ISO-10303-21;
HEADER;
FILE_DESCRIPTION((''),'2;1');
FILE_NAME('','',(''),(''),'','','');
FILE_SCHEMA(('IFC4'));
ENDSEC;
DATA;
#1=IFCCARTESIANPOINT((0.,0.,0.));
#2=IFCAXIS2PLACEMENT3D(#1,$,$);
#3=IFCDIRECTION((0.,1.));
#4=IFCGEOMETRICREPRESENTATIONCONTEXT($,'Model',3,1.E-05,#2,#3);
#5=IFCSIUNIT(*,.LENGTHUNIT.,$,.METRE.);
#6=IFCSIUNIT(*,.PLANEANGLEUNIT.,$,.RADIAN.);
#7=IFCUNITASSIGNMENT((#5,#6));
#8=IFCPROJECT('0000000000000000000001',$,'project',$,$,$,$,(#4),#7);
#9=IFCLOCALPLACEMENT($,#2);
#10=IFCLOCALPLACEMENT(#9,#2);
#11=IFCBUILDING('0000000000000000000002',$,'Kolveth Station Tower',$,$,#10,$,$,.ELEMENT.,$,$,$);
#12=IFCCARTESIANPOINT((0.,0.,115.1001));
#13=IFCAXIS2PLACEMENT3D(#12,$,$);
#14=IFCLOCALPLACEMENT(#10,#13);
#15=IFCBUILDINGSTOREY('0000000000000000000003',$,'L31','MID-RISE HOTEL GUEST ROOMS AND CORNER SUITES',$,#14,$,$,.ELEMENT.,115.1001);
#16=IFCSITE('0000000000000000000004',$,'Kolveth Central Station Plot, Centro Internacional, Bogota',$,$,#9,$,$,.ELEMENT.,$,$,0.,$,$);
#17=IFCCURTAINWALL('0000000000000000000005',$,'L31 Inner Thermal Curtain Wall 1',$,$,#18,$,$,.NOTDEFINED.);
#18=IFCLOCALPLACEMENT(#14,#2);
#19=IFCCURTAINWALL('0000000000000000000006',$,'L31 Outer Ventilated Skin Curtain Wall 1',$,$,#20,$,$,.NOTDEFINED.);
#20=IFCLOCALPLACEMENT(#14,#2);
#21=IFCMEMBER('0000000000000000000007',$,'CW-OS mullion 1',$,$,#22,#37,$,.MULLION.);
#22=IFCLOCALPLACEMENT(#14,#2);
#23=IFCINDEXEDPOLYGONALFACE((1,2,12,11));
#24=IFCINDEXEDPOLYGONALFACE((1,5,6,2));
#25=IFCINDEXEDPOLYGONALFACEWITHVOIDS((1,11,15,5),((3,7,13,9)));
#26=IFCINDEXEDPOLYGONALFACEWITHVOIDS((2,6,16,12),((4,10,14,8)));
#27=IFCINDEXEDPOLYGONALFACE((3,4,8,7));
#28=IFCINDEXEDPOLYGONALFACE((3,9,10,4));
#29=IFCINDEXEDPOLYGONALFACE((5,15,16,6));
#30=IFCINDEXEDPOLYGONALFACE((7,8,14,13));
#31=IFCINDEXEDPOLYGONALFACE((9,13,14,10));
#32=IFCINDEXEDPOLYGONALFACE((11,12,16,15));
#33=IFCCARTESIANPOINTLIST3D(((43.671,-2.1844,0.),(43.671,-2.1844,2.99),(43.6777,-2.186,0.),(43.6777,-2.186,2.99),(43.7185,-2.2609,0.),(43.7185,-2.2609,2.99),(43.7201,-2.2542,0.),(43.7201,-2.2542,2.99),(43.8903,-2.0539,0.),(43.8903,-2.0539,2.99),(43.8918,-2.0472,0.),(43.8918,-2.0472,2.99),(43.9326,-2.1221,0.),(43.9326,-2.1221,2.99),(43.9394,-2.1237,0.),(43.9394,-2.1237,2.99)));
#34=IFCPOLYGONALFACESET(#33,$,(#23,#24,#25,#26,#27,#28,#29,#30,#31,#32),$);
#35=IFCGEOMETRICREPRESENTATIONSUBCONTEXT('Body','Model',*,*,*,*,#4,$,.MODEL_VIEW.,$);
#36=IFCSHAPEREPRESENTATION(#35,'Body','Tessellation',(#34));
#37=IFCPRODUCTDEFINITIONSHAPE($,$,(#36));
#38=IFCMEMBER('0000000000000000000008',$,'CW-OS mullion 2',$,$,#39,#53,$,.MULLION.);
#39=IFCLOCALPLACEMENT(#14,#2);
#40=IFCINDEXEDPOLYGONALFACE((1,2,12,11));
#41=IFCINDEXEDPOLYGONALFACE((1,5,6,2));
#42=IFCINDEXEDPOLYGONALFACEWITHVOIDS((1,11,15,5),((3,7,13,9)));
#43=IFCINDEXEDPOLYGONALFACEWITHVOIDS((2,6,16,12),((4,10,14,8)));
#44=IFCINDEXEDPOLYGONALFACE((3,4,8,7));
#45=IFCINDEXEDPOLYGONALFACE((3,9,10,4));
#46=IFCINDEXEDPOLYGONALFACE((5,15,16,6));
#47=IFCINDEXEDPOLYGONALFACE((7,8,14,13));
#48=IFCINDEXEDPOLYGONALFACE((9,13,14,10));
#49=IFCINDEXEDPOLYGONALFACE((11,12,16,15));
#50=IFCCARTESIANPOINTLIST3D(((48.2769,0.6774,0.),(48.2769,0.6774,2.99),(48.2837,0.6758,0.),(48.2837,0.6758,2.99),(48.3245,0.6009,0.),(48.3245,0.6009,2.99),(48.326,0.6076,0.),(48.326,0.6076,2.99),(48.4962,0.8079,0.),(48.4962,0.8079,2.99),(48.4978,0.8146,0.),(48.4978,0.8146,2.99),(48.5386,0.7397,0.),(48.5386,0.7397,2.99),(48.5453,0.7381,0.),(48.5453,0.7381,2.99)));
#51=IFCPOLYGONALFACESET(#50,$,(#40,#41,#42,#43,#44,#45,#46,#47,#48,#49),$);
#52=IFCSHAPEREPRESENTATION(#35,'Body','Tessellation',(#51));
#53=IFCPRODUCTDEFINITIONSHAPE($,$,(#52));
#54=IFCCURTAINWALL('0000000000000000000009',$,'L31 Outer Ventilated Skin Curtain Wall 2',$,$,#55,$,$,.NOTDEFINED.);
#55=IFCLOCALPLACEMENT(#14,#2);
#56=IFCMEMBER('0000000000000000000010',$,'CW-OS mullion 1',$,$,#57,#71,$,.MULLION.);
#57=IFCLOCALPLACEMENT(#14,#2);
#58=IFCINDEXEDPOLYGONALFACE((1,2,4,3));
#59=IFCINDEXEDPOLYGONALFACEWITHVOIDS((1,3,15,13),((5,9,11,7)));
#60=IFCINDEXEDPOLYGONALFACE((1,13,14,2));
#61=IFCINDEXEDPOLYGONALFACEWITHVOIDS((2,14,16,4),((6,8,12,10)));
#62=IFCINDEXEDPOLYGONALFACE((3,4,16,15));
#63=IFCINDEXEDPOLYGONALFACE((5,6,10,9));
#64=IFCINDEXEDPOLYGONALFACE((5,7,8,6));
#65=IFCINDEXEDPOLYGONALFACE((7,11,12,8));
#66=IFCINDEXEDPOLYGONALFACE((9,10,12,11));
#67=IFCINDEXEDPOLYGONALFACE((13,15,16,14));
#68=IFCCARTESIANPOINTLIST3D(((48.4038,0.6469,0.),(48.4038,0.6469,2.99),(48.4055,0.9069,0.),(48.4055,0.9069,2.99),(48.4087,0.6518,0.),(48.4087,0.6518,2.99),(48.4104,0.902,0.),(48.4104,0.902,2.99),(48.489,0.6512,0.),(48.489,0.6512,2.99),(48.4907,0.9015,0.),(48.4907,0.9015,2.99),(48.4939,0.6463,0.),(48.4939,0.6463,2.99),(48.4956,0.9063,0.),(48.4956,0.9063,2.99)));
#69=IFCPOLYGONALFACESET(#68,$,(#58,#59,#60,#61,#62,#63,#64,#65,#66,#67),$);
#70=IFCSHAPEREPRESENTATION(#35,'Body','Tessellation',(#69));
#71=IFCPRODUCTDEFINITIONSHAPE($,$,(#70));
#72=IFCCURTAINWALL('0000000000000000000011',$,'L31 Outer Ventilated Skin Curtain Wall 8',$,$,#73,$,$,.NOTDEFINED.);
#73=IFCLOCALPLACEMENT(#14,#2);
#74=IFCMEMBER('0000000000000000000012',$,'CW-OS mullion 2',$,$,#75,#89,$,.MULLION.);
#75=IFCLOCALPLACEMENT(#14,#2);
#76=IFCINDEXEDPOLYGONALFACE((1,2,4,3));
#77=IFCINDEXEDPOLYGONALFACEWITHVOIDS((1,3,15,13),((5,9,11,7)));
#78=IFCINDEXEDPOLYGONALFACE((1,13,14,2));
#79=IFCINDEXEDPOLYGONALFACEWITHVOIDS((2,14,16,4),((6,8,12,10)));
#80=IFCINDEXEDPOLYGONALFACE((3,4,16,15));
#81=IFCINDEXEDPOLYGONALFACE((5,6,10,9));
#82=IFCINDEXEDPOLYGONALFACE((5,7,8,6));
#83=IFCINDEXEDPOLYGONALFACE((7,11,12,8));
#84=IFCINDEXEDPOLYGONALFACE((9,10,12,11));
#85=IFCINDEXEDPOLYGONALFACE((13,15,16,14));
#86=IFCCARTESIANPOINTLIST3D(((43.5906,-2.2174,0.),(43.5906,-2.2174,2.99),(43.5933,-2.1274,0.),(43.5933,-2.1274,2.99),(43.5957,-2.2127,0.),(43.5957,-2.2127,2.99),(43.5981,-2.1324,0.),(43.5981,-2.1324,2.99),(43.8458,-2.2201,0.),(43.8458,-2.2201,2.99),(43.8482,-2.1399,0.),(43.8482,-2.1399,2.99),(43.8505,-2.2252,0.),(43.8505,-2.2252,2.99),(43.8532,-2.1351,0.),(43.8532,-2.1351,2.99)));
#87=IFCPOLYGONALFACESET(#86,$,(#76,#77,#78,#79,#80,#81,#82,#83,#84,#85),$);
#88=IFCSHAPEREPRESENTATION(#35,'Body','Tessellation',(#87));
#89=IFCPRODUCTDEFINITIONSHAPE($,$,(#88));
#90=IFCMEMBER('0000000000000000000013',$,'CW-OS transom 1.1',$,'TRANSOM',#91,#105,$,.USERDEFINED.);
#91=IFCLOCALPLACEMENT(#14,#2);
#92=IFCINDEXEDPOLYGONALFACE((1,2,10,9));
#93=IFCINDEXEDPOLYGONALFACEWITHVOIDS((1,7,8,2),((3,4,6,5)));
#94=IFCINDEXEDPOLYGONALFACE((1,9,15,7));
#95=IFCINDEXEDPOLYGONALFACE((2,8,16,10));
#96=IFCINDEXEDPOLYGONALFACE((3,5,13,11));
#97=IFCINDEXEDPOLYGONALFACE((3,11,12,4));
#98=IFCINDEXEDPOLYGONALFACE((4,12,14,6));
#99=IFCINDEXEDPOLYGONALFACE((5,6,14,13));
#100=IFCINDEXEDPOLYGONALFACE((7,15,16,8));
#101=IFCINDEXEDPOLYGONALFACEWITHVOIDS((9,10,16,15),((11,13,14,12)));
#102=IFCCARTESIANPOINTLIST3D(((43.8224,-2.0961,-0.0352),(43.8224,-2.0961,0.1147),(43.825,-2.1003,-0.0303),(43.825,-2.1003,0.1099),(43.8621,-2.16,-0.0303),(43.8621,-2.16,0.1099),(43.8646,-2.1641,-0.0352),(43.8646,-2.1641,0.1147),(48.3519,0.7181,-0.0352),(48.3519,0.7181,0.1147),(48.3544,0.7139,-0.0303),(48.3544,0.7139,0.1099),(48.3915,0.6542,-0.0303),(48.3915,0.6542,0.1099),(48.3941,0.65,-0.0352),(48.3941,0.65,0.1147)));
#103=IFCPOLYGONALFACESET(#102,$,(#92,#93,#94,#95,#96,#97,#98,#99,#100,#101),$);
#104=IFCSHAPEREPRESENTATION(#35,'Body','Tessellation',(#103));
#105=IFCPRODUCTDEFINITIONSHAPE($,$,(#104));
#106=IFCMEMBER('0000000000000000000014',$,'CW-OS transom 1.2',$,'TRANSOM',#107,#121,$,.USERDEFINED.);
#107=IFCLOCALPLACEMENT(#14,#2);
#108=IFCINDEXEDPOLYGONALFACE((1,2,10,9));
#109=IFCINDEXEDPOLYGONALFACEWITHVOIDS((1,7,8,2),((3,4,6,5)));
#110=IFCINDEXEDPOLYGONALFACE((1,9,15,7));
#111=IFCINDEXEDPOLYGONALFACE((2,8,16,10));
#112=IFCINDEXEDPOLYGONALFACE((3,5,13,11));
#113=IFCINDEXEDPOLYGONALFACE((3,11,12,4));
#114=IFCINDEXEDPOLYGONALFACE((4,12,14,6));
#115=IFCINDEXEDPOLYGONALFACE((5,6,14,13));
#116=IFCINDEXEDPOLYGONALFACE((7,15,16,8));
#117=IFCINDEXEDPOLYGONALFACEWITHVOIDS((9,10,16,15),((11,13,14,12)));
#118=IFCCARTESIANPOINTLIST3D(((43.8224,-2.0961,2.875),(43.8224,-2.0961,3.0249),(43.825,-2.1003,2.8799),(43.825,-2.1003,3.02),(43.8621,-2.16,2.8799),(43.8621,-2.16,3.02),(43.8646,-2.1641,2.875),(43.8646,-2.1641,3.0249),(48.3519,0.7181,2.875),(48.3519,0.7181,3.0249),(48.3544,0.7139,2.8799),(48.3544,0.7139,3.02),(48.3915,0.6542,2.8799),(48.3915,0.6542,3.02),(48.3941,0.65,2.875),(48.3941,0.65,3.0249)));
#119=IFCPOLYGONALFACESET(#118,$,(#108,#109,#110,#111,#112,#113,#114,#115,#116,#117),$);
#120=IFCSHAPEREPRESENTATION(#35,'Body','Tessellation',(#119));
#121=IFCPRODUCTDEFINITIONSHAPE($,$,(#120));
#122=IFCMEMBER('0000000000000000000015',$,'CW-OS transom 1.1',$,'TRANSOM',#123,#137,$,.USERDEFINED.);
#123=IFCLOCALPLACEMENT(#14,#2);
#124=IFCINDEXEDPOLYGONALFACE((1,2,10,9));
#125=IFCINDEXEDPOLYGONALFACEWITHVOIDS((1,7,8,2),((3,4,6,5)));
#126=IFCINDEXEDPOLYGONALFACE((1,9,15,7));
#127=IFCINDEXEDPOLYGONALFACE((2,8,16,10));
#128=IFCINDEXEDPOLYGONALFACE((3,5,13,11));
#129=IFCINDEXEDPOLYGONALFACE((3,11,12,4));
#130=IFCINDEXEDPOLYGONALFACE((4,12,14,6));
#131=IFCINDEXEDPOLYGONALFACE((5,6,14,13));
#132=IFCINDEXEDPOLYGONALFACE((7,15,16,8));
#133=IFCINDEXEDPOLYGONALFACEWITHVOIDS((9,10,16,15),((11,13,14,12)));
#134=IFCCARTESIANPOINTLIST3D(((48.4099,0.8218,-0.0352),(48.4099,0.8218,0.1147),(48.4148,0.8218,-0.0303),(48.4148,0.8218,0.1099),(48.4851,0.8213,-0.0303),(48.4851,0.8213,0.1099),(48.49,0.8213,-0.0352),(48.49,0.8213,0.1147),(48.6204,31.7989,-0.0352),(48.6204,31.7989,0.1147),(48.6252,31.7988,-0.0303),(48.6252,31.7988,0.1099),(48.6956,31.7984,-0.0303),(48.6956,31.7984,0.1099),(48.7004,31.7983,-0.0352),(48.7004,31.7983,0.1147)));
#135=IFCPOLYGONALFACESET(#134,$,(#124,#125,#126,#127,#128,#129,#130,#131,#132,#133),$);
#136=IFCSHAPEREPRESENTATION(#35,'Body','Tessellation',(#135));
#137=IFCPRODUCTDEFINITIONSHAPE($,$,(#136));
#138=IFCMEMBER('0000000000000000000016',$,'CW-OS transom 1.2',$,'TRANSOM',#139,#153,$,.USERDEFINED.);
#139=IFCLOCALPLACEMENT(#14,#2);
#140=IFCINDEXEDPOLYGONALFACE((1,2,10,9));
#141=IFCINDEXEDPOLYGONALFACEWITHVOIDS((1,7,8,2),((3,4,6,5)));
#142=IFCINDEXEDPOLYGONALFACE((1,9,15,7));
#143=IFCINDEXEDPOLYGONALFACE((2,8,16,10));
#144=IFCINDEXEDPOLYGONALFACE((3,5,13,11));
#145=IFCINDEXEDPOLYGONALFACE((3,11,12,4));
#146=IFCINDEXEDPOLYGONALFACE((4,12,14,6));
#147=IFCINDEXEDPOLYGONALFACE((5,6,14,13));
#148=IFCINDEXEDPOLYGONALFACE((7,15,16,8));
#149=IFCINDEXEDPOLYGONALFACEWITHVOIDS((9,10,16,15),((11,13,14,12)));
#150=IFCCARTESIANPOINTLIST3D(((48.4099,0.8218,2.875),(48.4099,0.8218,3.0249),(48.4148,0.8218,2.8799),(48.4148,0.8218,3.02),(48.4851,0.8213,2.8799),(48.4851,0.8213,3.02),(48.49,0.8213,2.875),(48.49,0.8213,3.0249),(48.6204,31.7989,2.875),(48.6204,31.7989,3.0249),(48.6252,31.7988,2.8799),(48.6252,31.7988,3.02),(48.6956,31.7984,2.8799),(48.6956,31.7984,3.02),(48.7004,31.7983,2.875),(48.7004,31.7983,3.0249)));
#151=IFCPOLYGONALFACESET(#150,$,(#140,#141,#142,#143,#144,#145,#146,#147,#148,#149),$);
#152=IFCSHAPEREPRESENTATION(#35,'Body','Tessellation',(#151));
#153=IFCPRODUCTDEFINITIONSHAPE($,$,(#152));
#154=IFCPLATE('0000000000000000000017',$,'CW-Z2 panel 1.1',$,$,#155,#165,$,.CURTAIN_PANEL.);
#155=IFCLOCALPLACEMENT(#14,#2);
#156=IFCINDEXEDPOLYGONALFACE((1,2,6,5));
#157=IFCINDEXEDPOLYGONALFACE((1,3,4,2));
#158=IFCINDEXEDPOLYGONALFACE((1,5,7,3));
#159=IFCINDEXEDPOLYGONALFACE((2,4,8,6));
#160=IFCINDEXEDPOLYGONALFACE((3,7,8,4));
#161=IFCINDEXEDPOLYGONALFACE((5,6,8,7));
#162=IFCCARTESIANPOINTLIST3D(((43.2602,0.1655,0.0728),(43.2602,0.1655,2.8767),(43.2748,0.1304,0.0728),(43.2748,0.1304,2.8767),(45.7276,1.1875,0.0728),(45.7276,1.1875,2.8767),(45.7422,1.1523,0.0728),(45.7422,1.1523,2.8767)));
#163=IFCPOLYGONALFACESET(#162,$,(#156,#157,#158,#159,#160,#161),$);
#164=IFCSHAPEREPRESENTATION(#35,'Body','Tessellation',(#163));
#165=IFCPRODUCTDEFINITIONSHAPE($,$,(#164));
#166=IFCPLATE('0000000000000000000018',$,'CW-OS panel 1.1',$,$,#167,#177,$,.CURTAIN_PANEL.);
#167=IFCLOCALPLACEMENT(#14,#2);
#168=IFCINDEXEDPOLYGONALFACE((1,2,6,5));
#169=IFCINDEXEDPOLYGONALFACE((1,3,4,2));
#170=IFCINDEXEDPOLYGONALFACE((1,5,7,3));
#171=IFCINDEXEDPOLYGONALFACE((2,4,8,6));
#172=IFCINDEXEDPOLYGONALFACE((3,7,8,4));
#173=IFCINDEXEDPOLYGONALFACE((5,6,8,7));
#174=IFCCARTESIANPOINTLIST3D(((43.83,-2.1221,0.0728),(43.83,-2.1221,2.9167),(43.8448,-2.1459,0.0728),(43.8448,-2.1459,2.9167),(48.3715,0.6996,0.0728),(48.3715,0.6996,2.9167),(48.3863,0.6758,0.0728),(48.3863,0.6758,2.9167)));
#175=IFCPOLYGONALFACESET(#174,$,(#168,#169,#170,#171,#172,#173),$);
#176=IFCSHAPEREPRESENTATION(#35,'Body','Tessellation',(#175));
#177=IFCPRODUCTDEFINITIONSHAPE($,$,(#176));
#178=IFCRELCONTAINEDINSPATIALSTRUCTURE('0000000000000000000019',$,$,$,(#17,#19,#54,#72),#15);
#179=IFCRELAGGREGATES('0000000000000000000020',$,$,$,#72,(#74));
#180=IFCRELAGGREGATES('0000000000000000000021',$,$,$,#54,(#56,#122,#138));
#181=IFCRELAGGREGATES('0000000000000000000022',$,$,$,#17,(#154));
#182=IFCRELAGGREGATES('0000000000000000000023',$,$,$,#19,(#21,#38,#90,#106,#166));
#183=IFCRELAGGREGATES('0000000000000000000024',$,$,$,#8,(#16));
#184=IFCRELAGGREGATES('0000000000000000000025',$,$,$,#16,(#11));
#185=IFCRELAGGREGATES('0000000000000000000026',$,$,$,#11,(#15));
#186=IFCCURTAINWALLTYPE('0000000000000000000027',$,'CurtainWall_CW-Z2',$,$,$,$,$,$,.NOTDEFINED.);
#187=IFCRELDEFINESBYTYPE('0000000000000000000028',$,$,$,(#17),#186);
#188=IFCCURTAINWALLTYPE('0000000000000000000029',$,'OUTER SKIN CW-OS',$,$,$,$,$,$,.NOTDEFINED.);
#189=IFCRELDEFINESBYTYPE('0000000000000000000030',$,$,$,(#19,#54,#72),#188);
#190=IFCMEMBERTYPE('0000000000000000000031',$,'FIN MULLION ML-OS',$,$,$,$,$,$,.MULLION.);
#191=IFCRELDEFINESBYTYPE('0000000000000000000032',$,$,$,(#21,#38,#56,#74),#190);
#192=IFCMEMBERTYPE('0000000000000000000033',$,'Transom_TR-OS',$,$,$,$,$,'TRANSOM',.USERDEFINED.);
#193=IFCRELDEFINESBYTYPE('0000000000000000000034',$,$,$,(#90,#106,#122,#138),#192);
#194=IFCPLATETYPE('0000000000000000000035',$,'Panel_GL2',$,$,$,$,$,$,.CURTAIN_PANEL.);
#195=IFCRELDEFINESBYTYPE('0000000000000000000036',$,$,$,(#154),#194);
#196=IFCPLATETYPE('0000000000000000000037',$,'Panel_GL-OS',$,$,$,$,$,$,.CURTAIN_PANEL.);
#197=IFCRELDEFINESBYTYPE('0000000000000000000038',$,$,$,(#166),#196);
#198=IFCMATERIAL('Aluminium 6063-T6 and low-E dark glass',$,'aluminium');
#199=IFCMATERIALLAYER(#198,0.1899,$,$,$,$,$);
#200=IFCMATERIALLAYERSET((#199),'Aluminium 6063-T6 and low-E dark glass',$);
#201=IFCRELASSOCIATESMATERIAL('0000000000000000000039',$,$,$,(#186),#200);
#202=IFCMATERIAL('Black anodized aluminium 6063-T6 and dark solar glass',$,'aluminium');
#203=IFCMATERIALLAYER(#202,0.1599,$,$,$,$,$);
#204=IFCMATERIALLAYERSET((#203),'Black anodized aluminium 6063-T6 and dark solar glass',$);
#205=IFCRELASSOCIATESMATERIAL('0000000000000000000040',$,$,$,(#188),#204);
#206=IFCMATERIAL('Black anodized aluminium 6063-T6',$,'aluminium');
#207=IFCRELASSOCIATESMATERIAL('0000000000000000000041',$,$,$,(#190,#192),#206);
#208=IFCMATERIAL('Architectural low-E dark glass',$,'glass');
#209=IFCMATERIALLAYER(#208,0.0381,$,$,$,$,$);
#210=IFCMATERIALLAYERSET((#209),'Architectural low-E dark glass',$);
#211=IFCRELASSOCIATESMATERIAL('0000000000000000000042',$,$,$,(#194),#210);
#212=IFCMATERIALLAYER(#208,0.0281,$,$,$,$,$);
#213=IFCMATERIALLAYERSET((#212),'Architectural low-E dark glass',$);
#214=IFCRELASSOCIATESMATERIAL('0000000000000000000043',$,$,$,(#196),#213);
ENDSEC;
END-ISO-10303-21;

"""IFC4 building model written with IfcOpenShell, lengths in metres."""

from ifc_helpers import new_model, si_unit, direction, frame, origin, origin_2d, place, context, subcontext, project, spatial, rectangle, hollow_rectangle, extrude, source, transform, mapped, material, layer, layer_set, material_profile, profile_set, type_object, element, aggregate, save


model = new_model("IFC4")

# Units and contexts
model_context = context("Model", 3, precision=1e-05, world=origin(), true_north=direction((0.0, 1.0)))
body_context = subcontext(model_context, "Body", "Model", "MODEL_VIEW")
ifc_project = project(units=[si_unit("LENGTHUNIT", "METRE"), si_unit("PLANEANGLEUNIT", "RADIAN")], contexts=[model_context])

# Site, building, storey
site_placement = place(None, origin())
site = spatial("IfcSite", under=ifc_project, at=site_placement, Name="Kolveth Central Station Plot, Centro Internacional, Bogota", CompositionType="ELEMENT", RefElevation=0.0)
building_placement = place(site_placement, origin())
building = spatial("IfcBuilding", under=site, at=building_placement, Name="Kolveth Station Tower", CompositionType="ELEMENT")
storey_placement = place(building_placement, frame((0.0, 0.0, 115.1001)))
storey = spatial("IfcBuildingStorey", under=building, at=storey_placement, Name="L31", Description="MID-RISE HOTEL GUEST ROOMS AND CORNER SUITES", CompositionType="ELEMENT", Elevation=115.1001)

# Curtain wall
ifc_material_1 = material(Name="Aluminium 6063-T6 and low-E dark glass", Category="aluminium")
ifc_layer_1 = layer(ifc_material_1, 0.1899)
ifc_layer_set_1 = layer_set([ifc_layer_1], Name="Aluminium 6063-T6 and low-E dark glass")
curtain_wall_type_1 = type_object("IfcCurtainWallType", Name="CurtainWall_CW-Z2", PredefinedType="NOTDEFINED", material=ifc_layer_set_1)
curtain_wall_1_placement = place(storey_placement, origin())
curtain_wall_1 = element("IfcCurtainWall", 1, at=curtain_wall_1_placement, inside=storey, type_object=curtain_wall_type_1, Name="L31 Inner Thermal Curtain Wall 1", PredefinedType="NOTDEFINED")
ifc_material_2 = material(Name="Black anodized aluminium 6063-T6", Category="aluminium")

# Curtain wall, members
ifc_material_3 = material(Name="Black anodized aluminium 6063-T6 and dark solar glass", Category="aluminium")
ifc_layer_2 = layer(ifc_material_3, 0.1599)
ifc_layer_set_2 = layer_set([ifc_layer_2], Name="Black anodized aluminium 6063-T6 and dark solar glass")
curtain_wall_type_2 = type_object("IfcCurtainWallType", Name="OUTER SKIN CW-OS", PredefinedType="NOTDEFINED", material=ifc_layer_set_2)
curtain_wall_2_placement = place(storey_placement, origin())
curtain_wall_2 = element("IfcCurtainWall", 2, at=curtain_wall_2_placement, inside=storey, type_object=curtain_wall_type_2, Name="L31 Outer Ventilated Skin Curtain Wall 1", PredefinedType="NOTDEFINED")
ifc_material_profile_1 = material_profile(ifc_material_2, hollow_rectangle(XDim=0.0901, YDim=0.26, WallThickness=0.0049, at=origin_2d()), Name="ALU-90x260x5")
ifc_profile_set_1 = profile_set([ifc_material_profile_1], Name="Black anodized aluminium 6063-T6")
member_type_1 = type_object("IfcMemberType", Name="FIN MULLION ML-OS", PredefinedType="MULLION", material=ifc_profile_set_1)
shared_shape_1 = source(origin(), body_context, "Body", "SweptSolid", [
    extrude(hollow_rectangle(XDim=0.0901, YDim=0.26, WallThickness=0.0049, at=origin_2d()), origin(), (0.0, 0.0, 1.0), 2.99),
])
member_1_placement = place(storey_placement, frame((43.8052, -2.1541, 0.0), z_axis=(0.0, 0.0, 1.0), x_axis=(-0.527753, 0.849398, 0.0)))
member_1 = element("IfcMember", 3, at=member_1_placement, type_object=member_type_1, Name="CW-OS mullion 1", PredefinedType="MULLION", context=body_context, shape_type="MappedRepresentation", body=[
    mapped(shared_shape_1, transform((0.0, 0.0, 0.0), x_axis=(1.0, 0.0, 0.0), y_axis=(0.0, 1.0, 0.0), z_axis=(0.0, 0.0, 1.0), scale=1.0)),
])
member_2_placement = place(storey_placement, frame((48.4111, 0.7078, 0.0), z_axis=(0.0, 0.0, 1.0), x_axis=(-0.527753, 0.849398, 0.0)))
member_2 = element("IfcMember", 4, at=member_2_placement, type_object=member_type_1, Name="CW-OS mullion 2", PredefinedType="MULLION", context=body_context, shape_type="MappedRepresentation", body=[
    mapped(shared_shape_1, transform((0.0, 0.0, 0.0), x_axis=(1.0, 0.0, 0.0), y_axis=(0.0, 1.0, 0.0), z_axis=(0.0, 0.0, 1.0), scale=1.0)),
])

# Curtain walls, members
curtain_wall_3_placement = place(storey_placement, origin())
curtain_wall_3 = element("IfcCurtainWall", 5, at=curtain_wall_3_placement, inside=storey, type_object=curtain_wall_type_2, Name="L31 Outer Ventilated Skin Curtain Wall 2", PredefinedType="NOTDEFINED")
member_3_placement = place(storey_placement, frame((48.4497, 0.7766, 0.0), z_axis=(0.0, 0.0, 1.0), x_axis=(-0.999977, 0.006794, 0.0)))
member_3 = element("IfcMember", 6, at=member_3_placement, type_object=member_type_1, Name="CW-OS mullion 1", PredefinedType="MULLION", context=body_context, shape_type="MappedRepresentation", body=[
    mapped(shared_shape_1, transform((0.0, 0.0, 0.0), x_axis=(1.0, 0.0, 0.0), y_axis=(0.0, 1.0, 0.0), z_axis=(0.0, 0.0, 1.0), scale=1.0)),
])
curtain_wall_4_placement = place(storey_placement, origin())
curtain_wall_4 = element("IfcCurtainWall", 7, at=curtain_wall_4_placement, inside=storey, type_object=curtain_wall_type_2, Name="L31 Outer Ventilated Skin Curtain Wall 8", PredefinedType="NOTDEFINED")
member_4_placement = place(storey_placement, frame((43.7219, -2.1763, 0.0), z_axis=(0.0, 0.0, 1.0), x_axis=(0.029769, 0.999557, 0.0)))
member_4 = element("IfcMember", 8, at=member_4_placement, type_object=member_type_1, Name="CW-OS mullion 2", PredefinedType="MULLION", context=body_context, shape_type="MappedRepresentation", body=[
    mapped(shared_shape_1, transform((0.0, 0.0, 0.0), x_axis=(1.0, 0.0, 0.0), y_axis=(0.0, 1.0, 0.0), z_axis=(0.0, 0.0, 1.0), scale=1.0)),
])
aggregate(curtain_wall_4, [member_4])

# Members
ifc_material_profile_2 = material_profile(ifc_material_2, hollow_rectangle(XDim=0.0801, YDim=0.1499, WallThickness=0.0049, at=origin_2d()), Name="ALU-80x150x5")
ifc_profile_set_2 = profile_set([ifc_material_profile_2], Name="Black anodized aluminium 6063-T6")
member_type_2 = type_object("IfcMemberType", Name="Transom_TR-OS", ElementType="TRANSOM", PredefinedType="USERDEFINED", material=ifc_profile_set_2)
shared_shape_2 = source(origin(), body_context, "Body", "SweptSolid", [
    extrude(hollow_rectangle(XDim=0.0801, YDim=0.1499, WallThickness=0.0049, at=origin_2d()), origin(), (0.0, 0.0, 1.0), 5.3325),
])
member_5_placement = place(storey_placement, frame((43.8435, -2.1301, 0.0398), z_axis=(0.849407, 0.527738, 0.0), x_axis=(-0.527738, 0.849407, 0.0)))
member_5 = element("IfcMember", 9, at=member_5_placement, type_object=member_type_2, Name="CW-OS transom 1.1", ObjectType="TRANSOM", PredefinedType="USERDEFINED", context=body_context, shape_type="MappedRepresentation", body=[
    mapped(shared_shape_2, transform((0.0, 0.0, 0.0), x_axis=(1.0, 0.0, 0.0), y_axis=(0.0, 1.0, 0.0), z_axis=(0.0, 0.0, 1.0), scale=1.0)),
])
member_6_placement = place(storey_placement, frame((43.8435, -2.1301, 2.95), z_axis=(0.849407, 0.527738, 0.0), x_axis=(-0.527738, 0.849407, 0.0)))
member_6 = element("IfcMember", 10, at=member_6_placement, type_object=member_type_2, Name="CW-OS transom 1.2", ObjectType="TRANSOM", PredefinedType="USERDEFINED", context=body_context, shape_type="MappedRepresentation", body=[
    mapped(shared_shape_2, transform((0.0, 0.0, 0.0), x_axis=(1.0, 0.0, 0.0), y_axis=(0.0, 1.0, 0.0), z_axis=(0.0, 0.0, 1.0), scale=1.0)),
])
shared_shape_3 = source(origin(), body_context, "Body", "SweptSolid", [
    extrude(hollow_rectangle(XDim=0.0801, YDim=0.1499, WallThickness=0.0049, at=origin_2d()), origin(), (0.0, 0.0, 1.0), 30.9778),
])
member_7_placement = place(storey_placement, frame((48.45, 0.8215, 0.0398), z_axis=(0.006794, 0.999977, 0.0), x_axis=(-0.999977, 0.006794, 0.0)))
member_7 = element("IfcMember", 11, at=member_7_placement, type_object=member_type_2, Name="CW-OS transom 1.1", ObjectType="TRANSOM", PredefinedType="USERDEFINED", context=body_context, shape_type="MappedRepresentation", body=[
    mapped(shared_shape_3, transform((0.0, 0.0, 0.0), x_axis=(1.0, 0.0, 0.0), y_axis=(0.0, 1.0, 0.0), z_axis=(0.0, 0.0, 1.0), scale=1.0)),
])
member_8_placement = place(storey_placement, frame((48.45, 0.8215, 2.95), z_axis=(0.006794, 0.999977, 0.0), x_axis=(-0.999977, 0.006794, 0.0)))
member_8 = element("IfcMember", 12, at=member_8_placement, type_object=member_type_2, Name="CW-OS transom 1.2", ObjectType="TRANSOM", PredefinedType="USERDEFINED", context=body_context, shape_type="MappedRepresentation", body=[
    mapped(shared_shape_3, transform((0.0, 0.0, 0.0), x_axis=(1.0, 0.0, 0.0), y_axis=(0.0, 1.0, 0.0), z_axis=(0.0, 0.0, 1.0), scale=1.0)),
])
aggregate(curtain_wall_3, [member_3, member_7, member_8])

# Plates
ifc_material_4 = material(Name="Architectural low-E dark glass", Category="glass")
ifc_layer_3 = layer(ifc_material_4, 0.0381)
ifc_layer_set_3 = layer_set([ifc_layer_3], Name="Architectural low-E dark glass")
plate_type_1 = type_object("IfcPlateType", Name="Panel_GL2", PredefinedType="CURTAIN_PANEL", material=ifc_layer_set_3)
shared_shape_4 = source(origin(), body_context, "Body", "SweptSolid", [
    extrude(rectangle(XDim=2.6707, YDim=0.0381, at=origin_2d()), origin(), (0.0, 0.0, 1.0), 2.804),
])
plate_1_placement = place(storey_placement, frame((44.5012, 0.6589, 0.0728), z_axis=(0.0, 0.0, 1.0), x_axis=(0.923888, 0.382663, 0.0)))
plate_1 = element("IfcPlate", 13, at=plate_1_placement, type_object=plate_type_1, Name="CW-Z2 panel 1.1", PredefinedType="CURTAIN_PANEL", context=body_context, shape_type="MappedRepresentation", body=[
    mapped(shared_shape_4, transform((0.0, 0.0, 0.0), x_axis=(1.0, 0.0, 0.0), y_axis=(0.0, 1.0, 0.0), z_axis=(0.0, 0.0, 1.0), scale=1.0)),
])
aggregate(curtain_wall_1, [plate_1])
ifc_layer_4 = layer(ifc_material_4, 0.0281)
ifc_layer_set_4 = layer_set([ifc_layer_4], Name="Architectural low-E dark glass")
plate_type_2 = type_object("IfcPlateType", Name="Panel_GL-OS", PredefinedType="CURTAIN_PANEL", material=ifc_layer_set_4)
shared_shape_5 = source(origin(), body_context, "Body", "SweptSolid", [
    extrude(rectangle(XDim=5.3467, YDim=0.0281, at=origin_2d()), origin(), (0.0, 0.0, 1.0), 2.844),
])
plate_2_placement = place(storey_placement, frame((46.1082, -0.7231, 0.0728), z_axis=(0.0, 0.0, 1.0), x_axis=(0.849398, 0.527753, 0.0)))
plate_2 = element("IfcPlate", 14, at=plate_2_placement, type_object=plate_type_2, Name="CW-OS panel 1.1", PredefinedType="CURTAIN_PANEL", context=body_context, shape_type="MappedRepresentation", body=[
    mapped(shared_shape_5, transform((0.0, 0.0, 0.0), x_axis=(1.0, 0.0, 0.0), y_axis=(0.0, 1.0, 0.0), z_axis=(0.0, 0.0, 1.0), scale=1.0)),
])
aggregate(curtain_wall_2, [member_1, member_2, member_5, member_6, plate_2])

save(model, "model.ifc")
